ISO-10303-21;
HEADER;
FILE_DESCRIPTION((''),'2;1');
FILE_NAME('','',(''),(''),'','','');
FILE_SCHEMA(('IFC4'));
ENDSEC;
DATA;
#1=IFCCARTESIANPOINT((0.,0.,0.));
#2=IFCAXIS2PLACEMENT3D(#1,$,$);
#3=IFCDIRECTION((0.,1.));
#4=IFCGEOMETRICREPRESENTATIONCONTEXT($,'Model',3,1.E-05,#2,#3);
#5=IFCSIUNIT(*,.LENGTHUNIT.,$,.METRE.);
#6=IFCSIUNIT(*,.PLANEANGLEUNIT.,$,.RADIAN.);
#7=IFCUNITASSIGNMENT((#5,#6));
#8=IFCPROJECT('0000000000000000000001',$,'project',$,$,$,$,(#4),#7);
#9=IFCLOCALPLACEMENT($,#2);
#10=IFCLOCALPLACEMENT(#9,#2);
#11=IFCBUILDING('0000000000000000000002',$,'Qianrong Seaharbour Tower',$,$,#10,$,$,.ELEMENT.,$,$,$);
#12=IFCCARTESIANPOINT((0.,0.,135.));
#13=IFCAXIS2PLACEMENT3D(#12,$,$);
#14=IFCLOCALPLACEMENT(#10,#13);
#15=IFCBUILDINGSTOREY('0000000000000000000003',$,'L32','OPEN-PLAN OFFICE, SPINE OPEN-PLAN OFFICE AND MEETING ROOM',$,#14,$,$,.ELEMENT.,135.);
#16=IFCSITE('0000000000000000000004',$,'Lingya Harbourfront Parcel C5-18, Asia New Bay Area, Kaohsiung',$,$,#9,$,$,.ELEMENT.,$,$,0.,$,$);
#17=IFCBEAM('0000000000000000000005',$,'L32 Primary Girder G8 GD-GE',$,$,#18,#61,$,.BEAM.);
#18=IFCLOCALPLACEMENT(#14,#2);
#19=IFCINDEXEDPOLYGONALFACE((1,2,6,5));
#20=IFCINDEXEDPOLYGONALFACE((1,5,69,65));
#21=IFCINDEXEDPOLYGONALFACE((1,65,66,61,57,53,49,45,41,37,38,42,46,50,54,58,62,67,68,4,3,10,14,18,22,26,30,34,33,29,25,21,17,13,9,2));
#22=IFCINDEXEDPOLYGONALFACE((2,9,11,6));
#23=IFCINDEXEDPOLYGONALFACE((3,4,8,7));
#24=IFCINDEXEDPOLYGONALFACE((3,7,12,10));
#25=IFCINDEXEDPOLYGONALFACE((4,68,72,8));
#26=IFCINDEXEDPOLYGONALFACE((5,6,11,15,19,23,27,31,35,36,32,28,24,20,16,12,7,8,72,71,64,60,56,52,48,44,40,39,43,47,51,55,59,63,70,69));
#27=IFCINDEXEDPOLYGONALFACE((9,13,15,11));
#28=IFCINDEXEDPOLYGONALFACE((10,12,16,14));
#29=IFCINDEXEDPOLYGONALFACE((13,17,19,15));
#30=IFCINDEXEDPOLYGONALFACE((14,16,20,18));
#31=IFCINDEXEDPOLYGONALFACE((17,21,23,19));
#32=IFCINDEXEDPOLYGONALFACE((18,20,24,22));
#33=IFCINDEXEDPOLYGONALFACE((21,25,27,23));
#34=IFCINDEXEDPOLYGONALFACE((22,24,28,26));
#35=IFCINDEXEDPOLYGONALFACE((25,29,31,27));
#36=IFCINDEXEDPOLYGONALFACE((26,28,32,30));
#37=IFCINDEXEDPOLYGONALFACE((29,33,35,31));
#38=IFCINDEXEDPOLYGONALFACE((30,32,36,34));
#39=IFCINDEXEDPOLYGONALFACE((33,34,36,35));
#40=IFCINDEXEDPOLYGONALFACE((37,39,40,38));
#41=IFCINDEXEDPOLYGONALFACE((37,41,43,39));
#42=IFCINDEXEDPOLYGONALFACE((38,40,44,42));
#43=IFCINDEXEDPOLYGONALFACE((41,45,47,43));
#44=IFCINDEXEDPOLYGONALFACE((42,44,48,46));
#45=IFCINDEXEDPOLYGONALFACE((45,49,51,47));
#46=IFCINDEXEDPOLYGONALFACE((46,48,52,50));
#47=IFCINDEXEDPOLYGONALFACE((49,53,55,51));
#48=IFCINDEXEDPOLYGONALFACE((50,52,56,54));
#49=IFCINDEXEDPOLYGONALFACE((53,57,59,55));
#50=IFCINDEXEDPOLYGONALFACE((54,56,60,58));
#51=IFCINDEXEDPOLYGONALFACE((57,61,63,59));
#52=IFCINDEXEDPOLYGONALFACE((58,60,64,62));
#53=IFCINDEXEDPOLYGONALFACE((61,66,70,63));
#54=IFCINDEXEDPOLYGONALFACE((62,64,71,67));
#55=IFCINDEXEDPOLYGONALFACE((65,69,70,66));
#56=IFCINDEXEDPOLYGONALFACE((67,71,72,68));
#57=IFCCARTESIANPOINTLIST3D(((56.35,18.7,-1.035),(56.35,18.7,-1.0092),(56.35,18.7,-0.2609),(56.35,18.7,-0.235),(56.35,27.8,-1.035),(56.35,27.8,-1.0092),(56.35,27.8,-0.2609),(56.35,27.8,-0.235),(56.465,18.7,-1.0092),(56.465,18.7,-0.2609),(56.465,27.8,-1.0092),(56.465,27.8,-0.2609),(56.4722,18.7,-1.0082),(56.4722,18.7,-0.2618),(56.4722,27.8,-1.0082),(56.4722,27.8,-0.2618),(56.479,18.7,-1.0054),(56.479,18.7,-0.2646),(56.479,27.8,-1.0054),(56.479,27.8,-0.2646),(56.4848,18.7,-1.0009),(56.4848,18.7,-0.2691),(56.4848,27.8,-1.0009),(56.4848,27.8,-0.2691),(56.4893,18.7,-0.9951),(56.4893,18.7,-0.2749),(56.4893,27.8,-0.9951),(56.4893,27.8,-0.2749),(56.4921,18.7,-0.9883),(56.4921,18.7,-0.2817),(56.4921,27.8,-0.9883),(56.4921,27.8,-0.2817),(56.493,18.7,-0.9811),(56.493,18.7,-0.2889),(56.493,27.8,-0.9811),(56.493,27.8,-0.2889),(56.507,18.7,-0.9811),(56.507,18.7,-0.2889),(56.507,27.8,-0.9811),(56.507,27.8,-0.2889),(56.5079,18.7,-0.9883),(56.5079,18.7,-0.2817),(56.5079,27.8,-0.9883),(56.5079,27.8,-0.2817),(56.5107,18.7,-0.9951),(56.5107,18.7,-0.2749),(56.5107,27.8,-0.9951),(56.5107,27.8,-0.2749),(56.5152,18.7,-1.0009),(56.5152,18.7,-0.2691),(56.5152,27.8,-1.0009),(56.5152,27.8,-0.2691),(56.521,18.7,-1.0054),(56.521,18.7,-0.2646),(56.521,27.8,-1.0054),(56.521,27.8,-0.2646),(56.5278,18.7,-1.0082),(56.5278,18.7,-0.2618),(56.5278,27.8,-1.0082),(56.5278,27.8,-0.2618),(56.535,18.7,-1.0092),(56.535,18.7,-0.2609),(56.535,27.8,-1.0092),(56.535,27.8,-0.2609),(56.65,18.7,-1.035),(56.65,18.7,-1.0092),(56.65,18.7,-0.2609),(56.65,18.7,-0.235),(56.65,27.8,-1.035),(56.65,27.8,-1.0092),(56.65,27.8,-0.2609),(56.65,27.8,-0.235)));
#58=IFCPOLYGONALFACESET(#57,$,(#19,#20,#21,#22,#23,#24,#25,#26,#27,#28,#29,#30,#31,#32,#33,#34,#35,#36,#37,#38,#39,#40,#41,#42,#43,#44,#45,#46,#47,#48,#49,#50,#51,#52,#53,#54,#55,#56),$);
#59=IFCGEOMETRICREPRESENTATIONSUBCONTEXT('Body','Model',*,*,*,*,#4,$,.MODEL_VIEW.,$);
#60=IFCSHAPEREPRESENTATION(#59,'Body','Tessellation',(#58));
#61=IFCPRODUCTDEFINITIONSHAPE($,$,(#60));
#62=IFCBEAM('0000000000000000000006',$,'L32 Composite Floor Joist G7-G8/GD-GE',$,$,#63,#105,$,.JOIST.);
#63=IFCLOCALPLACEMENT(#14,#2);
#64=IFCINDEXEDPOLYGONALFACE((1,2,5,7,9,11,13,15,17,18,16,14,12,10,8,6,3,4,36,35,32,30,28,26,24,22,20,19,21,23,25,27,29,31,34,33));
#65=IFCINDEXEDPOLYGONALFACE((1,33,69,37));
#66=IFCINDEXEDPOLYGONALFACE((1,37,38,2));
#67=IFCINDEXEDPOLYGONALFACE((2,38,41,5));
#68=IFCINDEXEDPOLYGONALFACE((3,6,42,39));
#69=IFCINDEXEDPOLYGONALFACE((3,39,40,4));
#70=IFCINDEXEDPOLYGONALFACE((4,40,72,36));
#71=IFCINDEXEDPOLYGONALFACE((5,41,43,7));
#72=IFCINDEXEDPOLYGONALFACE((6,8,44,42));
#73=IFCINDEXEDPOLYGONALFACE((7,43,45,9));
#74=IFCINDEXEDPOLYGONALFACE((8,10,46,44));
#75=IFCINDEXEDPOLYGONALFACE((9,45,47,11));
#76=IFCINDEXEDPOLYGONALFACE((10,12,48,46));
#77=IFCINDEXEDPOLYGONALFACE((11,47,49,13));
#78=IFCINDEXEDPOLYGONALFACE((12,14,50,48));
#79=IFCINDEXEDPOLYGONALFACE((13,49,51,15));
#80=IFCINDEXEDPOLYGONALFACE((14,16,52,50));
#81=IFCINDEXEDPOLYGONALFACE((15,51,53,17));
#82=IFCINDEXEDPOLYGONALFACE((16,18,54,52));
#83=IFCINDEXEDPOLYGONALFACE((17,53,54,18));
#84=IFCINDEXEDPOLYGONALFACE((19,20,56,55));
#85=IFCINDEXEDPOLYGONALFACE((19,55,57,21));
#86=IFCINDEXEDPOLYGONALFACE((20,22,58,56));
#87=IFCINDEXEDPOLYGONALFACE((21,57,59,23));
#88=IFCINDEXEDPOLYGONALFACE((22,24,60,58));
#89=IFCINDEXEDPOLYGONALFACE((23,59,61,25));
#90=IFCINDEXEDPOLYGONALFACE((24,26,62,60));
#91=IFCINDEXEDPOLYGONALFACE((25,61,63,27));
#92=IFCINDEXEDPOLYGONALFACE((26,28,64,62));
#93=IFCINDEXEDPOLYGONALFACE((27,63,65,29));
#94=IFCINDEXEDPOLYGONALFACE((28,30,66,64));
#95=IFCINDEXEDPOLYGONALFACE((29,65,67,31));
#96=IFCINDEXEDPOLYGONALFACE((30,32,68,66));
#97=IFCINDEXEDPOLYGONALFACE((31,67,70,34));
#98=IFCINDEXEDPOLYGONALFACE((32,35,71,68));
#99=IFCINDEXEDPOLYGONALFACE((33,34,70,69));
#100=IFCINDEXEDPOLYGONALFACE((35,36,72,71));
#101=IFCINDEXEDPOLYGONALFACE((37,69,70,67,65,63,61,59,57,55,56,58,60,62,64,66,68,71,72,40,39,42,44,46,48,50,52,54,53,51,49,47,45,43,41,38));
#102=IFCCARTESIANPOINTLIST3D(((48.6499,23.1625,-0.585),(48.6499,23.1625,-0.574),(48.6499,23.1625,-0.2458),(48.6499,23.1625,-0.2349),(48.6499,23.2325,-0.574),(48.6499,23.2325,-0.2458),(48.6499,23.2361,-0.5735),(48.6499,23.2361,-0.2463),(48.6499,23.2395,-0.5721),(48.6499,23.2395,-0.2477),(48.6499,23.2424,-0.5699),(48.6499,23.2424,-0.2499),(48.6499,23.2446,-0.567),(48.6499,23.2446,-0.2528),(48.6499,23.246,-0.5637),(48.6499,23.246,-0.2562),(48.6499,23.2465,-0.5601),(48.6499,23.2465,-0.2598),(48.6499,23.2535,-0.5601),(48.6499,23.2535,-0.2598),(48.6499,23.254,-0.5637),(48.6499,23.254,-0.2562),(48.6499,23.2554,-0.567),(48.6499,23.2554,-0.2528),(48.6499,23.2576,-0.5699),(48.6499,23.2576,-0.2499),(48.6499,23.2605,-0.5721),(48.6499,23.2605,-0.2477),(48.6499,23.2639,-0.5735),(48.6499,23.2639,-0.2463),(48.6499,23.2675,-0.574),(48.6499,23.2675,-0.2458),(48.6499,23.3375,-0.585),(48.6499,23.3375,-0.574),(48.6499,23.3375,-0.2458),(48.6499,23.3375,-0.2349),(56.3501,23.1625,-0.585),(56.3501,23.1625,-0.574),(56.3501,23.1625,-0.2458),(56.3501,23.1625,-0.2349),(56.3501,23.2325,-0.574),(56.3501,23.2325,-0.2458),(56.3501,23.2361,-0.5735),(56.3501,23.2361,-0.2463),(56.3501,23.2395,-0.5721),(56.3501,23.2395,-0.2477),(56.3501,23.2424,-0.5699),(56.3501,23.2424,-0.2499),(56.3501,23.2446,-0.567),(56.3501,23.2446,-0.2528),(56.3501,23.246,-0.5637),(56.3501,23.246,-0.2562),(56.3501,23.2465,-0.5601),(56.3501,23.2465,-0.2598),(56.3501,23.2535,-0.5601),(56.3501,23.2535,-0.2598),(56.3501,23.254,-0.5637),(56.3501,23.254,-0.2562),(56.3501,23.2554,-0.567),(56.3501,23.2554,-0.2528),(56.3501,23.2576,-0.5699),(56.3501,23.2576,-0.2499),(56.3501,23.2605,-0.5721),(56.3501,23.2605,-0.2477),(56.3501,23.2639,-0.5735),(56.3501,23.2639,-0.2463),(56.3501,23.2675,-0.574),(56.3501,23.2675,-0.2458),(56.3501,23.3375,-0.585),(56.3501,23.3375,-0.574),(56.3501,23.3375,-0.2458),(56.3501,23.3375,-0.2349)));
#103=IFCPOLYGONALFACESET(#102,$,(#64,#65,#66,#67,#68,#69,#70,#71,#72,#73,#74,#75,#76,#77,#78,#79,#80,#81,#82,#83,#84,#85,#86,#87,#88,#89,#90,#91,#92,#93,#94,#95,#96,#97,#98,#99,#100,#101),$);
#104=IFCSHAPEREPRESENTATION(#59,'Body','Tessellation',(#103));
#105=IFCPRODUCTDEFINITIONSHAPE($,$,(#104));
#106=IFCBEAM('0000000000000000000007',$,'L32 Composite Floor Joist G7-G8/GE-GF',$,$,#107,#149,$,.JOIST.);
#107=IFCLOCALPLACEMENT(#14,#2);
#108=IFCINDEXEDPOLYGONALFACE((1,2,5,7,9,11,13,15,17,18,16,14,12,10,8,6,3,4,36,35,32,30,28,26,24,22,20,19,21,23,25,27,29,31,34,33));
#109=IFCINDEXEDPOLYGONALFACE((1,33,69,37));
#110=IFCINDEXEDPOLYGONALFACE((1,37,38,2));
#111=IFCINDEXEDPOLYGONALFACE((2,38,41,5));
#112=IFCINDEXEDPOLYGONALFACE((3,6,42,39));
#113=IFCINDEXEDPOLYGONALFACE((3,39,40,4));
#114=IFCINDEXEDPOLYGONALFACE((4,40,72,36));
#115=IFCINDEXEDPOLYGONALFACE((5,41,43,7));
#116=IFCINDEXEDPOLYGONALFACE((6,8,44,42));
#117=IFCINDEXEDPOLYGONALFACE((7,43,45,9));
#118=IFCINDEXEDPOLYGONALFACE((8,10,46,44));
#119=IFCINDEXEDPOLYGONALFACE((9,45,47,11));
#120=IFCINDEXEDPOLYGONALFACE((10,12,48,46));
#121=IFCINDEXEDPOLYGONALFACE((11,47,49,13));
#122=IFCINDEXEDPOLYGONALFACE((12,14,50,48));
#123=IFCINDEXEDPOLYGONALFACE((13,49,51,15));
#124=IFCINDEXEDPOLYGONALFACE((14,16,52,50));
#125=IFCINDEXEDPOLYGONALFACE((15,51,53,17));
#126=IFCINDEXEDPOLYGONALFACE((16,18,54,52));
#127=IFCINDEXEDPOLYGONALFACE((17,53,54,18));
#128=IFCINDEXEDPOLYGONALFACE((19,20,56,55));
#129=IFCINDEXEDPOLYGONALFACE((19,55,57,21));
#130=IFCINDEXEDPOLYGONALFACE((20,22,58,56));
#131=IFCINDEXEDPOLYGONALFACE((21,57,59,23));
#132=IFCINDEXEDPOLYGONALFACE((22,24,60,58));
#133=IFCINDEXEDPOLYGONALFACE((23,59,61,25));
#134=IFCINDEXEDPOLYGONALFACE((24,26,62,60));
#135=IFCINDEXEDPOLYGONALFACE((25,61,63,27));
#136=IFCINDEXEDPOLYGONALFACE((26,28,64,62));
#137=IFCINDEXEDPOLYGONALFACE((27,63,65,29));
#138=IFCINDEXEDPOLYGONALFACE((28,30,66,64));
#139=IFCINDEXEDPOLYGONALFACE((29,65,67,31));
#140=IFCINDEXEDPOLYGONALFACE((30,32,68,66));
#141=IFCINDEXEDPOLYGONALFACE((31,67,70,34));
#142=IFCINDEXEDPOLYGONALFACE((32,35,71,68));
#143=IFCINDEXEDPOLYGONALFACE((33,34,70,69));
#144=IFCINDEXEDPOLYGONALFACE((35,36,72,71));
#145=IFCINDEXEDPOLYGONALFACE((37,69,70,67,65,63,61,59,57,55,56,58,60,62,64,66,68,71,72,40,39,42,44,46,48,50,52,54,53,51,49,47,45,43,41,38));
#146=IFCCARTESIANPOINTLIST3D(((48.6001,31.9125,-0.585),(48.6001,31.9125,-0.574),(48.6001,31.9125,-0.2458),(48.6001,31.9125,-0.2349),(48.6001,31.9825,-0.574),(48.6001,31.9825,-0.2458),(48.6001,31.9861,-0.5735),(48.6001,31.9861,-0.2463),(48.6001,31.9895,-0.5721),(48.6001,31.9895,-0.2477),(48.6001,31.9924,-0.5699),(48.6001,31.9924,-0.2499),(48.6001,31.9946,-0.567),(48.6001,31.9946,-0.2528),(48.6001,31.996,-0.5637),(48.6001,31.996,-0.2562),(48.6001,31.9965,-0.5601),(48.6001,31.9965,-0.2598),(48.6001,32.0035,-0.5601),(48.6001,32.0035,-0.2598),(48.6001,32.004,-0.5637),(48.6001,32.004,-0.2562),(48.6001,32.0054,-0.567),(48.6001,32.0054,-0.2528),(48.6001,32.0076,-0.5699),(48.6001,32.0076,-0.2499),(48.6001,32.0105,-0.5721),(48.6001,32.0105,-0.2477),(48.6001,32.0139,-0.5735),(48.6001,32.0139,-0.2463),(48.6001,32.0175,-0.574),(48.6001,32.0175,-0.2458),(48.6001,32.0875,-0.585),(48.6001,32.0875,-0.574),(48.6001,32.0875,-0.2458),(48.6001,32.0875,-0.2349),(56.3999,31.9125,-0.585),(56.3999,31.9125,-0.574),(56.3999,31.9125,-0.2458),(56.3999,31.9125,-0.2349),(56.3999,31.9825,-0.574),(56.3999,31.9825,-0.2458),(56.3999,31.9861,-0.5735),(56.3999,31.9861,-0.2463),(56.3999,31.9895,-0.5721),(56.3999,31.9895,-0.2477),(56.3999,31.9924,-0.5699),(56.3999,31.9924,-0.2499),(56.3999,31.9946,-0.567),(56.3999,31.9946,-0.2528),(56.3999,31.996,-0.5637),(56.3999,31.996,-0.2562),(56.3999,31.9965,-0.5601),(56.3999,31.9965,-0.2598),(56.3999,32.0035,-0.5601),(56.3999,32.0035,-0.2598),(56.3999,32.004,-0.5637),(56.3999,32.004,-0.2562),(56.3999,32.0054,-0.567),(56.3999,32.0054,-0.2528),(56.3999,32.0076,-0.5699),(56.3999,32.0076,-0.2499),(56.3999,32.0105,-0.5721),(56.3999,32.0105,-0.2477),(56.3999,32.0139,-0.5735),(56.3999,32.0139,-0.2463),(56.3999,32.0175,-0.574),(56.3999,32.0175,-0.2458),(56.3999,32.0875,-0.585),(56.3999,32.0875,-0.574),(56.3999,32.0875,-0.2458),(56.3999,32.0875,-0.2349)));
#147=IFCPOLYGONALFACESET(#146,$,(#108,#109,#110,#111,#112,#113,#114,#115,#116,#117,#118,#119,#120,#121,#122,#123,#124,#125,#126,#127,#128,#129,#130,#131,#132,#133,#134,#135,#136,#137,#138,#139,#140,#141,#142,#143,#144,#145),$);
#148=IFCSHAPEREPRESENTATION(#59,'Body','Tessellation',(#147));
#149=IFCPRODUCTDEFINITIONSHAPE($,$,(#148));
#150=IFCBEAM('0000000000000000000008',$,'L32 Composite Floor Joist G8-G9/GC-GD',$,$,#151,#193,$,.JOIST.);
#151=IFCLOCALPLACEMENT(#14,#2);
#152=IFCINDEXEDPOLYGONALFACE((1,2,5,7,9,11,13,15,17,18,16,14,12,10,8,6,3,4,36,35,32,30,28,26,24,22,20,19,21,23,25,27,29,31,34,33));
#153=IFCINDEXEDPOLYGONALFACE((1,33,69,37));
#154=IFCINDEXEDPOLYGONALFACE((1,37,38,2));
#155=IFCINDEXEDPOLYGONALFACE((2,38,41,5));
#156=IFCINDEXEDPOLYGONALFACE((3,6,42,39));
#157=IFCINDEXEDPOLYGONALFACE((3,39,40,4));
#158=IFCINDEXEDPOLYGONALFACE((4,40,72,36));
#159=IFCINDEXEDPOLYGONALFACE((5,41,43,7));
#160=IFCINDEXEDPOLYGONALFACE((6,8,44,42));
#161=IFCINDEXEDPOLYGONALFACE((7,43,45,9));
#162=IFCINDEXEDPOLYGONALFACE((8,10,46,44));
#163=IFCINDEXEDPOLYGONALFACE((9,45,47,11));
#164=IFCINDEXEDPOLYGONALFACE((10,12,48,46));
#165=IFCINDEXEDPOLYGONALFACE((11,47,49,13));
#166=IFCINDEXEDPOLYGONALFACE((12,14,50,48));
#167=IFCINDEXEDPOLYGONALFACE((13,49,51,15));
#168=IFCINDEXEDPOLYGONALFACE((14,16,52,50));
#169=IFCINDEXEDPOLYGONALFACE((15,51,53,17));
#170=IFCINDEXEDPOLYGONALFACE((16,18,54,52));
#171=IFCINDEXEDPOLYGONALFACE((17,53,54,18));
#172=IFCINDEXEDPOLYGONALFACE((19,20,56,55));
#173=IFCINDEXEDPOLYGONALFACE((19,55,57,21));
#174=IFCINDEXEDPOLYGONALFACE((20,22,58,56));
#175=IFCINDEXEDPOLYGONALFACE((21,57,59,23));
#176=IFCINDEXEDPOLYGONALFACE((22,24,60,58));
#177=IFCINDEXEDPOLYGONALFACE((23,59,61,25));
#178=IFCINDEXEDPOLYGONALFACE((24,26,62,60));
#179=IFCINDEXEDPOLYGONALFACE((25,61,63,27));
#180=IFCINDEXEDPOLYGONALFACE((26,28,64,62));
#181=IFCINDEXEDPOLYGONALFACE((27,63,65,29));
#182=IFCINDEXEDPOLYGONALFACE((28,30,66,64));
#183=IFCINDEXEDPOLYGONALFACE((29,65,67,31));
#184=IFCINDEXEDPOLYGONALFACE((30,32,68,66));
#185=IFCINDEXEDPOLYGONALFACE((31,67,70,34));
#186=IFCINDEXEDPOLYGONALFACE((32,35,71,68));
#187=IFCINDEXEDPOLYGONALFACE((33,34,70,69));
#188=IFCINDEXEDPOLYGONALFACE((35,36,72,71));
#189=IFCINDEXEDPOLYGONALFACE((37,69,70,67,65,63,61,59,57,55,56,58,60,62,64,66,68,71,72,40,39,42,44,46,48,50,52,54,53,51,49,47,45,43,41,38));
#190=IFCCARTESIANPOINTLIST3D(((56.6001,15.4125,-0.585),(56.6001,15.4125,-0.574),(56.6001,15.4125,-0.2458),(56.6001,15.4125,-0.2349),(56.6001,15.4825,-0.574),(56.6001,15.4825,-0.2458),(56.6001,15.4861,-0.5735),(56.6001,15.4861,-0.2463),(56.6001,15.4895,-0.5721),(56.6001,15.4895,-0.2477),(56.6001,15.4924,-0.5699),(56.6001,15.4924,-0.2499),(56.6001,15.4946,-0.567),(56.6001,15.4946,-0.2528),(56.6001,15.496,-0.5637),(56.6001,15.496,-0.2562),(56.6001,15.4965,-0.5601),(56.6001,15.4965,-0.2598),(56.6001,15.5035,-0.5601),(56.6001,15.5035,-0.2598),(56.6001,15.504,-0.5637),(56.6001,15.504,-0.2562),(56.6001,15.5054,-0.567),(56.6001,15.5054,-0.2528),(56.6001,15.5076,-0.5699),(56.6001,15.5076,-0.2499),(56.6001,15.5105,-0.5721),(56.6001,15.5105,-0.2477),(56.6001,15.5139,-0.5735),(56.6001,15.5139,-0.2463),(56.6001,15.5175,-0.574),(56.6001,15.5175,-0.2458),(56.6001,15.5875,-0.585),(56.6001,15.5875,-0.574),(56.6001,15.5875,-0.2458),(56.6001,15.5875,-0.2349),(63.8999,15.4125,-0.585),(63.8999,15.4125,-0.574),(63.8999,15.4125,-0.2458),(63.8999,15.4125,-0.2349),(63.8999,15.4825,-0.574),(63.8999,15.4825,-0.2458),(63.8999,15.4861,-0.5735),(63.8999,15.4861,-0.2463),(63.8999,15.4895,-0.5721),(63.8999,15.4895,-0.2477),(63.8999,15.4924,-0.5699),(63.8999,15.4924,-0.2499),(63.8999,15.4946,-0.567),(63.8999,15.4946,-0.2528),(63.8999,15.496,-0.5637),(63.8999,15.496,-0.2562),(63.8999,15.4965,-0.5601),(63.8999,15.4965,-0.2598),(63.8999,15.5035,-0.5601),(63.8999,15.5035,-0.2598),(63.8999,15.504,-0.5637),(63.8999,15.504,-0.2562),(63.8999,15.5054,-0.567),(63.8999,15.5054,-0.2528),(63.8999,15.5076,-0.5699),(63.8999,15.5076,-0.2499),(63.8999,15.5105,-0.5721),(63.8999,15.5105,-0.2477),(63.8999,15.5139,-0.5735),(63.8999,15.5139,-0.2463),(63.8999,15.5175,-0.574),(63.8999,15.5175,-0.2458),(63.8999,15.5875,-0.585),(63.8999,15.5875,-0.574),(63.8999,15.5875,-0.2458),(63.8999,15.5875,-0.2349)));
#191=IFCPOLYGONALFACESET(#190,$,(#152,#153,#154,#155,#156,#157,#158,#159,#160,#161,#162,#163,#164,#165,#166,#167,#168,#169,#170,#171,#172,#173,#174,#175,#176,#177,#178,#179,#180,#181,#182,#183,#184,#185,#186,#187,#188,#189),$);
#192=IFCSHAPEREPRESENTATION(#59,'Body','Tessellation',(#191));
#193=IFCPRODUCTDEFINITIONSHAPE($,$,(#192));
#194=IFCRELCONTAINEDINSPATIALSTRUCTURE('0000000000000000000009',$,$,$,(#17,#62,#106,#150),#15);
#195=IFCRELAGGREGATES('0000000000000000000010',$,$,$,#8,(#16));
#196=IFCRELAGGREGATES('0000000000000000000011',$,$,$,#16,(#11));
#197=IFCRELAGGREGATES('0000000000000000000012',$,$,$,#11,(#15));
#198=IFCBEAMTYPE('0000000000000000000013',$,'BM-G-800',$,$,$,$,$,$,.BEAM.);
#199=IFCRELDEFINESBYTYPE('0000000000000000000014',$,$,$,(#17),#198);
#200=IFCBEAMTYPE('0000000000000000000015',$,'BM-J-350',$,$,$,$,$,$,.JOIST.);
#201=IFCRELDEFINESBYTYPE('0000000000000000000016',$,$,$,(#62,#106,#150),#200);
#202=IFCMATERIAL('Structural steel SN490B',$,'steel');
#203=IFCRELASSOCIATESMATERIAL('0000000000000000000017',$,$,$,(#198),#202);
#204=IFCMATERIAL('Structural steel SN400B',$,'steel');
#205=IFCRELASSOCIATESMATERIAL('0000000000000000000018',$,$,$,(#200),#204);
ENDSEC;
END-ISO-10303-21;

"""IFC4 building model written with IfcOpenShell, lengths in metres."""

from ifc_helpers import new_model, si_unit, direction, frame, origin, origin_2d, place, context, subcontext, project, spatial, i_section, extrude, material, material_profile, profile_set, type_object, element, save


model = new_model("IFC4")

# Units and contexts
model_context = context("Model", 3, precision=1e-05, world=origin(), true_north=direction((0.0, 1.0)))
body_context = subcontext(model_context, "Body", "Model", "MODEL_VIEW")
ifc_project = project(units=[si_unit("LENGTHUNIT", "METRE"), si_unit("PLANEANGLEUNIT", "RADIAN")], contexts=[model_context])

# Site, building, storey
site_placement = place(None, origin())
site = spatial("IfcSite", under=ifc_project, at=site_placement, Name="Lingya Harbourfront Parcel C5-18, Asia New Bay Area, Kaohsiung", CompositionType="ELEMENT", RefElevation=0.0)
building_placement = place(site_placement, origin())
building = spatial("IfcBuilding", under=site, at=building_placement, Name="Qianrong Seaharbour Tower", CompositionType="ELEMENT")
storey_placement = place(building_placement, frame((0.0, 0.0, 135.0)))
storey = spatial("IfcBuildingStorey", under=building, at=storey_placement, Name="L32", Description="OPEN-PLAN OFFICE, SPINE OPEN-PLAN OFFICE AND MEETING ROOM", CompositionType="ELEMENT", Elevation=135.0)

# Shared definitions
ifc_material_1 = material(Name="Structural steel SN490B", Category="steel")

# Beams
ifc_material_profile_1 = material_profile(ifc_material_1, i_section(OverallWidth=0.3, OverallDepth=0.8, WebThickness=0.0139, FlangeThickness=0.0259, FilletRadius=0.0281, at=origin_2d()), Name="H800x300x14x26")
ifc_profile_set_1 = profile_set([ifc_material_profile_1], Name="Structural steel SN490B")
beam_type_1 = type_object("IfcBeamType", Name="BM-G-800", PredefinedType="BEAM", material=ifc_profile_set_1)
for number, where, z_axis, x_axis, name in (
    (1, (56.5, 18.7, -0.635), (0.0, 1.0, 0.0), (-1.0, 0.0, 0.0), "L32 Primary Girder G8 GD-GE"),
):
    element("IfcBeam", number, at=place(storey_placement, frame(where, z_axis=z_axis, x_axis=x_axis)), inside=storey, type_object=beam_type_1, Name=name, PredefinedType="BEAM", context=body_context, shape_type="SweptSolid", body=[
        extrude(i_section(OverallWidth=0.3, OverallDepth=0.8, WebThickness=0.0139, FlangeThickness=0.0259, FilletRadius=0.0281, at=origin_2d()), origin(), (0.0, 0.0, 1.0), 9.1001),
    ])
ifc_material_2 = material(Name="Structural steel SN400B", Category="steel")
ifc_material_profile_2 = material_profile(ifc_material_2, i_section(OverallWidth=0.175, OverallDepth=0.3501, WebThickness=0.0071, FlangeThickness=0.011, FilletRadius=0.0139, at=origin_2d()), Name="H350x175x7x11")
ifc_profile_set_2 = profile_set([ifc_material_profile_2], Name="Structural steel SN400B")
beam_type_2 = type_object("IfcBeamType", Name="BM-J-350", PredefinedType="JOIST", material=ifc_profile_set_2)
beam_1_placement = place(storey_placement, frame((48.6499, 23.25, -0.4099), z_axis=(1.0, 0.0, 0.0), x_axis=(0.0, 1.0, 0.0)))
element("IfcBeam", 2, at=beam_1_placement, inside=storey, type_object=beam_type_2, Name="L32 Composite Floor Joist G7-G8/GD-GE", PredefinedType="JOIST", context=body_context, shape_type="SweptSolid", body=[
    extrude(i_section(OverallWidth=0.175, OverallDepth=0.3501, WebThickness=0.0071, FlangeThickness=0.011, FilletRadius=0.0139, at=origin_2d()), origin(), (0.0, 0.0, 1.0), 7.7002),
])
beam_2_placement = place(storey_placement, frame((48.6001, 32.0, -0.4099), z_axis=(1.0, 0.0, 0.0), x_axis=(0.0, 1.0, 0.0)))
element("IfcBeam", 3, at=beam_2_placement, inside=storey, type_object=beam_type_2, Name="L32 Composite Floor Joist G7-G8/GE-GF", PredefinedType="JOIST", context=body_context, shape_type="SweptSolid", body=[
    extrude(i_section(OverallWidth=0.175, OverallDepth=0.3501, WebThickness=0.0071, FlangeThickness=0.011, FilletRadius=0.0139, at=origin_2d()), origin(), (0.0, 0.0, 1.0), 7.7998),
])
beam_3_placement = place(storey_placement, frame((56.6001, 15.5, -0.4099), z_axis=(1.0, 0.0, 0.0), x_axis=(0.0, 1.0, 0.0)))
element("IfcBeam", 4, at=beam_3_placement, inside=storey, type_object=beam_type_2, Name="L32 Composite Floor Joist G8-G9/GC-GD", PredefinedType="JOIST", context=body_context, shape_type="SweptSolid", body=[
    extrude(i_section(OverallWidth=0.175, OverallDepth=0.3501, WebThickness=0.0071, FlangeThickness=0.011, FilletRadius=0.0139, at=origin_2d()), origin(), (0.0, 0.0, 1.0), 7.2998),
])

save(model, "model.ifc")
